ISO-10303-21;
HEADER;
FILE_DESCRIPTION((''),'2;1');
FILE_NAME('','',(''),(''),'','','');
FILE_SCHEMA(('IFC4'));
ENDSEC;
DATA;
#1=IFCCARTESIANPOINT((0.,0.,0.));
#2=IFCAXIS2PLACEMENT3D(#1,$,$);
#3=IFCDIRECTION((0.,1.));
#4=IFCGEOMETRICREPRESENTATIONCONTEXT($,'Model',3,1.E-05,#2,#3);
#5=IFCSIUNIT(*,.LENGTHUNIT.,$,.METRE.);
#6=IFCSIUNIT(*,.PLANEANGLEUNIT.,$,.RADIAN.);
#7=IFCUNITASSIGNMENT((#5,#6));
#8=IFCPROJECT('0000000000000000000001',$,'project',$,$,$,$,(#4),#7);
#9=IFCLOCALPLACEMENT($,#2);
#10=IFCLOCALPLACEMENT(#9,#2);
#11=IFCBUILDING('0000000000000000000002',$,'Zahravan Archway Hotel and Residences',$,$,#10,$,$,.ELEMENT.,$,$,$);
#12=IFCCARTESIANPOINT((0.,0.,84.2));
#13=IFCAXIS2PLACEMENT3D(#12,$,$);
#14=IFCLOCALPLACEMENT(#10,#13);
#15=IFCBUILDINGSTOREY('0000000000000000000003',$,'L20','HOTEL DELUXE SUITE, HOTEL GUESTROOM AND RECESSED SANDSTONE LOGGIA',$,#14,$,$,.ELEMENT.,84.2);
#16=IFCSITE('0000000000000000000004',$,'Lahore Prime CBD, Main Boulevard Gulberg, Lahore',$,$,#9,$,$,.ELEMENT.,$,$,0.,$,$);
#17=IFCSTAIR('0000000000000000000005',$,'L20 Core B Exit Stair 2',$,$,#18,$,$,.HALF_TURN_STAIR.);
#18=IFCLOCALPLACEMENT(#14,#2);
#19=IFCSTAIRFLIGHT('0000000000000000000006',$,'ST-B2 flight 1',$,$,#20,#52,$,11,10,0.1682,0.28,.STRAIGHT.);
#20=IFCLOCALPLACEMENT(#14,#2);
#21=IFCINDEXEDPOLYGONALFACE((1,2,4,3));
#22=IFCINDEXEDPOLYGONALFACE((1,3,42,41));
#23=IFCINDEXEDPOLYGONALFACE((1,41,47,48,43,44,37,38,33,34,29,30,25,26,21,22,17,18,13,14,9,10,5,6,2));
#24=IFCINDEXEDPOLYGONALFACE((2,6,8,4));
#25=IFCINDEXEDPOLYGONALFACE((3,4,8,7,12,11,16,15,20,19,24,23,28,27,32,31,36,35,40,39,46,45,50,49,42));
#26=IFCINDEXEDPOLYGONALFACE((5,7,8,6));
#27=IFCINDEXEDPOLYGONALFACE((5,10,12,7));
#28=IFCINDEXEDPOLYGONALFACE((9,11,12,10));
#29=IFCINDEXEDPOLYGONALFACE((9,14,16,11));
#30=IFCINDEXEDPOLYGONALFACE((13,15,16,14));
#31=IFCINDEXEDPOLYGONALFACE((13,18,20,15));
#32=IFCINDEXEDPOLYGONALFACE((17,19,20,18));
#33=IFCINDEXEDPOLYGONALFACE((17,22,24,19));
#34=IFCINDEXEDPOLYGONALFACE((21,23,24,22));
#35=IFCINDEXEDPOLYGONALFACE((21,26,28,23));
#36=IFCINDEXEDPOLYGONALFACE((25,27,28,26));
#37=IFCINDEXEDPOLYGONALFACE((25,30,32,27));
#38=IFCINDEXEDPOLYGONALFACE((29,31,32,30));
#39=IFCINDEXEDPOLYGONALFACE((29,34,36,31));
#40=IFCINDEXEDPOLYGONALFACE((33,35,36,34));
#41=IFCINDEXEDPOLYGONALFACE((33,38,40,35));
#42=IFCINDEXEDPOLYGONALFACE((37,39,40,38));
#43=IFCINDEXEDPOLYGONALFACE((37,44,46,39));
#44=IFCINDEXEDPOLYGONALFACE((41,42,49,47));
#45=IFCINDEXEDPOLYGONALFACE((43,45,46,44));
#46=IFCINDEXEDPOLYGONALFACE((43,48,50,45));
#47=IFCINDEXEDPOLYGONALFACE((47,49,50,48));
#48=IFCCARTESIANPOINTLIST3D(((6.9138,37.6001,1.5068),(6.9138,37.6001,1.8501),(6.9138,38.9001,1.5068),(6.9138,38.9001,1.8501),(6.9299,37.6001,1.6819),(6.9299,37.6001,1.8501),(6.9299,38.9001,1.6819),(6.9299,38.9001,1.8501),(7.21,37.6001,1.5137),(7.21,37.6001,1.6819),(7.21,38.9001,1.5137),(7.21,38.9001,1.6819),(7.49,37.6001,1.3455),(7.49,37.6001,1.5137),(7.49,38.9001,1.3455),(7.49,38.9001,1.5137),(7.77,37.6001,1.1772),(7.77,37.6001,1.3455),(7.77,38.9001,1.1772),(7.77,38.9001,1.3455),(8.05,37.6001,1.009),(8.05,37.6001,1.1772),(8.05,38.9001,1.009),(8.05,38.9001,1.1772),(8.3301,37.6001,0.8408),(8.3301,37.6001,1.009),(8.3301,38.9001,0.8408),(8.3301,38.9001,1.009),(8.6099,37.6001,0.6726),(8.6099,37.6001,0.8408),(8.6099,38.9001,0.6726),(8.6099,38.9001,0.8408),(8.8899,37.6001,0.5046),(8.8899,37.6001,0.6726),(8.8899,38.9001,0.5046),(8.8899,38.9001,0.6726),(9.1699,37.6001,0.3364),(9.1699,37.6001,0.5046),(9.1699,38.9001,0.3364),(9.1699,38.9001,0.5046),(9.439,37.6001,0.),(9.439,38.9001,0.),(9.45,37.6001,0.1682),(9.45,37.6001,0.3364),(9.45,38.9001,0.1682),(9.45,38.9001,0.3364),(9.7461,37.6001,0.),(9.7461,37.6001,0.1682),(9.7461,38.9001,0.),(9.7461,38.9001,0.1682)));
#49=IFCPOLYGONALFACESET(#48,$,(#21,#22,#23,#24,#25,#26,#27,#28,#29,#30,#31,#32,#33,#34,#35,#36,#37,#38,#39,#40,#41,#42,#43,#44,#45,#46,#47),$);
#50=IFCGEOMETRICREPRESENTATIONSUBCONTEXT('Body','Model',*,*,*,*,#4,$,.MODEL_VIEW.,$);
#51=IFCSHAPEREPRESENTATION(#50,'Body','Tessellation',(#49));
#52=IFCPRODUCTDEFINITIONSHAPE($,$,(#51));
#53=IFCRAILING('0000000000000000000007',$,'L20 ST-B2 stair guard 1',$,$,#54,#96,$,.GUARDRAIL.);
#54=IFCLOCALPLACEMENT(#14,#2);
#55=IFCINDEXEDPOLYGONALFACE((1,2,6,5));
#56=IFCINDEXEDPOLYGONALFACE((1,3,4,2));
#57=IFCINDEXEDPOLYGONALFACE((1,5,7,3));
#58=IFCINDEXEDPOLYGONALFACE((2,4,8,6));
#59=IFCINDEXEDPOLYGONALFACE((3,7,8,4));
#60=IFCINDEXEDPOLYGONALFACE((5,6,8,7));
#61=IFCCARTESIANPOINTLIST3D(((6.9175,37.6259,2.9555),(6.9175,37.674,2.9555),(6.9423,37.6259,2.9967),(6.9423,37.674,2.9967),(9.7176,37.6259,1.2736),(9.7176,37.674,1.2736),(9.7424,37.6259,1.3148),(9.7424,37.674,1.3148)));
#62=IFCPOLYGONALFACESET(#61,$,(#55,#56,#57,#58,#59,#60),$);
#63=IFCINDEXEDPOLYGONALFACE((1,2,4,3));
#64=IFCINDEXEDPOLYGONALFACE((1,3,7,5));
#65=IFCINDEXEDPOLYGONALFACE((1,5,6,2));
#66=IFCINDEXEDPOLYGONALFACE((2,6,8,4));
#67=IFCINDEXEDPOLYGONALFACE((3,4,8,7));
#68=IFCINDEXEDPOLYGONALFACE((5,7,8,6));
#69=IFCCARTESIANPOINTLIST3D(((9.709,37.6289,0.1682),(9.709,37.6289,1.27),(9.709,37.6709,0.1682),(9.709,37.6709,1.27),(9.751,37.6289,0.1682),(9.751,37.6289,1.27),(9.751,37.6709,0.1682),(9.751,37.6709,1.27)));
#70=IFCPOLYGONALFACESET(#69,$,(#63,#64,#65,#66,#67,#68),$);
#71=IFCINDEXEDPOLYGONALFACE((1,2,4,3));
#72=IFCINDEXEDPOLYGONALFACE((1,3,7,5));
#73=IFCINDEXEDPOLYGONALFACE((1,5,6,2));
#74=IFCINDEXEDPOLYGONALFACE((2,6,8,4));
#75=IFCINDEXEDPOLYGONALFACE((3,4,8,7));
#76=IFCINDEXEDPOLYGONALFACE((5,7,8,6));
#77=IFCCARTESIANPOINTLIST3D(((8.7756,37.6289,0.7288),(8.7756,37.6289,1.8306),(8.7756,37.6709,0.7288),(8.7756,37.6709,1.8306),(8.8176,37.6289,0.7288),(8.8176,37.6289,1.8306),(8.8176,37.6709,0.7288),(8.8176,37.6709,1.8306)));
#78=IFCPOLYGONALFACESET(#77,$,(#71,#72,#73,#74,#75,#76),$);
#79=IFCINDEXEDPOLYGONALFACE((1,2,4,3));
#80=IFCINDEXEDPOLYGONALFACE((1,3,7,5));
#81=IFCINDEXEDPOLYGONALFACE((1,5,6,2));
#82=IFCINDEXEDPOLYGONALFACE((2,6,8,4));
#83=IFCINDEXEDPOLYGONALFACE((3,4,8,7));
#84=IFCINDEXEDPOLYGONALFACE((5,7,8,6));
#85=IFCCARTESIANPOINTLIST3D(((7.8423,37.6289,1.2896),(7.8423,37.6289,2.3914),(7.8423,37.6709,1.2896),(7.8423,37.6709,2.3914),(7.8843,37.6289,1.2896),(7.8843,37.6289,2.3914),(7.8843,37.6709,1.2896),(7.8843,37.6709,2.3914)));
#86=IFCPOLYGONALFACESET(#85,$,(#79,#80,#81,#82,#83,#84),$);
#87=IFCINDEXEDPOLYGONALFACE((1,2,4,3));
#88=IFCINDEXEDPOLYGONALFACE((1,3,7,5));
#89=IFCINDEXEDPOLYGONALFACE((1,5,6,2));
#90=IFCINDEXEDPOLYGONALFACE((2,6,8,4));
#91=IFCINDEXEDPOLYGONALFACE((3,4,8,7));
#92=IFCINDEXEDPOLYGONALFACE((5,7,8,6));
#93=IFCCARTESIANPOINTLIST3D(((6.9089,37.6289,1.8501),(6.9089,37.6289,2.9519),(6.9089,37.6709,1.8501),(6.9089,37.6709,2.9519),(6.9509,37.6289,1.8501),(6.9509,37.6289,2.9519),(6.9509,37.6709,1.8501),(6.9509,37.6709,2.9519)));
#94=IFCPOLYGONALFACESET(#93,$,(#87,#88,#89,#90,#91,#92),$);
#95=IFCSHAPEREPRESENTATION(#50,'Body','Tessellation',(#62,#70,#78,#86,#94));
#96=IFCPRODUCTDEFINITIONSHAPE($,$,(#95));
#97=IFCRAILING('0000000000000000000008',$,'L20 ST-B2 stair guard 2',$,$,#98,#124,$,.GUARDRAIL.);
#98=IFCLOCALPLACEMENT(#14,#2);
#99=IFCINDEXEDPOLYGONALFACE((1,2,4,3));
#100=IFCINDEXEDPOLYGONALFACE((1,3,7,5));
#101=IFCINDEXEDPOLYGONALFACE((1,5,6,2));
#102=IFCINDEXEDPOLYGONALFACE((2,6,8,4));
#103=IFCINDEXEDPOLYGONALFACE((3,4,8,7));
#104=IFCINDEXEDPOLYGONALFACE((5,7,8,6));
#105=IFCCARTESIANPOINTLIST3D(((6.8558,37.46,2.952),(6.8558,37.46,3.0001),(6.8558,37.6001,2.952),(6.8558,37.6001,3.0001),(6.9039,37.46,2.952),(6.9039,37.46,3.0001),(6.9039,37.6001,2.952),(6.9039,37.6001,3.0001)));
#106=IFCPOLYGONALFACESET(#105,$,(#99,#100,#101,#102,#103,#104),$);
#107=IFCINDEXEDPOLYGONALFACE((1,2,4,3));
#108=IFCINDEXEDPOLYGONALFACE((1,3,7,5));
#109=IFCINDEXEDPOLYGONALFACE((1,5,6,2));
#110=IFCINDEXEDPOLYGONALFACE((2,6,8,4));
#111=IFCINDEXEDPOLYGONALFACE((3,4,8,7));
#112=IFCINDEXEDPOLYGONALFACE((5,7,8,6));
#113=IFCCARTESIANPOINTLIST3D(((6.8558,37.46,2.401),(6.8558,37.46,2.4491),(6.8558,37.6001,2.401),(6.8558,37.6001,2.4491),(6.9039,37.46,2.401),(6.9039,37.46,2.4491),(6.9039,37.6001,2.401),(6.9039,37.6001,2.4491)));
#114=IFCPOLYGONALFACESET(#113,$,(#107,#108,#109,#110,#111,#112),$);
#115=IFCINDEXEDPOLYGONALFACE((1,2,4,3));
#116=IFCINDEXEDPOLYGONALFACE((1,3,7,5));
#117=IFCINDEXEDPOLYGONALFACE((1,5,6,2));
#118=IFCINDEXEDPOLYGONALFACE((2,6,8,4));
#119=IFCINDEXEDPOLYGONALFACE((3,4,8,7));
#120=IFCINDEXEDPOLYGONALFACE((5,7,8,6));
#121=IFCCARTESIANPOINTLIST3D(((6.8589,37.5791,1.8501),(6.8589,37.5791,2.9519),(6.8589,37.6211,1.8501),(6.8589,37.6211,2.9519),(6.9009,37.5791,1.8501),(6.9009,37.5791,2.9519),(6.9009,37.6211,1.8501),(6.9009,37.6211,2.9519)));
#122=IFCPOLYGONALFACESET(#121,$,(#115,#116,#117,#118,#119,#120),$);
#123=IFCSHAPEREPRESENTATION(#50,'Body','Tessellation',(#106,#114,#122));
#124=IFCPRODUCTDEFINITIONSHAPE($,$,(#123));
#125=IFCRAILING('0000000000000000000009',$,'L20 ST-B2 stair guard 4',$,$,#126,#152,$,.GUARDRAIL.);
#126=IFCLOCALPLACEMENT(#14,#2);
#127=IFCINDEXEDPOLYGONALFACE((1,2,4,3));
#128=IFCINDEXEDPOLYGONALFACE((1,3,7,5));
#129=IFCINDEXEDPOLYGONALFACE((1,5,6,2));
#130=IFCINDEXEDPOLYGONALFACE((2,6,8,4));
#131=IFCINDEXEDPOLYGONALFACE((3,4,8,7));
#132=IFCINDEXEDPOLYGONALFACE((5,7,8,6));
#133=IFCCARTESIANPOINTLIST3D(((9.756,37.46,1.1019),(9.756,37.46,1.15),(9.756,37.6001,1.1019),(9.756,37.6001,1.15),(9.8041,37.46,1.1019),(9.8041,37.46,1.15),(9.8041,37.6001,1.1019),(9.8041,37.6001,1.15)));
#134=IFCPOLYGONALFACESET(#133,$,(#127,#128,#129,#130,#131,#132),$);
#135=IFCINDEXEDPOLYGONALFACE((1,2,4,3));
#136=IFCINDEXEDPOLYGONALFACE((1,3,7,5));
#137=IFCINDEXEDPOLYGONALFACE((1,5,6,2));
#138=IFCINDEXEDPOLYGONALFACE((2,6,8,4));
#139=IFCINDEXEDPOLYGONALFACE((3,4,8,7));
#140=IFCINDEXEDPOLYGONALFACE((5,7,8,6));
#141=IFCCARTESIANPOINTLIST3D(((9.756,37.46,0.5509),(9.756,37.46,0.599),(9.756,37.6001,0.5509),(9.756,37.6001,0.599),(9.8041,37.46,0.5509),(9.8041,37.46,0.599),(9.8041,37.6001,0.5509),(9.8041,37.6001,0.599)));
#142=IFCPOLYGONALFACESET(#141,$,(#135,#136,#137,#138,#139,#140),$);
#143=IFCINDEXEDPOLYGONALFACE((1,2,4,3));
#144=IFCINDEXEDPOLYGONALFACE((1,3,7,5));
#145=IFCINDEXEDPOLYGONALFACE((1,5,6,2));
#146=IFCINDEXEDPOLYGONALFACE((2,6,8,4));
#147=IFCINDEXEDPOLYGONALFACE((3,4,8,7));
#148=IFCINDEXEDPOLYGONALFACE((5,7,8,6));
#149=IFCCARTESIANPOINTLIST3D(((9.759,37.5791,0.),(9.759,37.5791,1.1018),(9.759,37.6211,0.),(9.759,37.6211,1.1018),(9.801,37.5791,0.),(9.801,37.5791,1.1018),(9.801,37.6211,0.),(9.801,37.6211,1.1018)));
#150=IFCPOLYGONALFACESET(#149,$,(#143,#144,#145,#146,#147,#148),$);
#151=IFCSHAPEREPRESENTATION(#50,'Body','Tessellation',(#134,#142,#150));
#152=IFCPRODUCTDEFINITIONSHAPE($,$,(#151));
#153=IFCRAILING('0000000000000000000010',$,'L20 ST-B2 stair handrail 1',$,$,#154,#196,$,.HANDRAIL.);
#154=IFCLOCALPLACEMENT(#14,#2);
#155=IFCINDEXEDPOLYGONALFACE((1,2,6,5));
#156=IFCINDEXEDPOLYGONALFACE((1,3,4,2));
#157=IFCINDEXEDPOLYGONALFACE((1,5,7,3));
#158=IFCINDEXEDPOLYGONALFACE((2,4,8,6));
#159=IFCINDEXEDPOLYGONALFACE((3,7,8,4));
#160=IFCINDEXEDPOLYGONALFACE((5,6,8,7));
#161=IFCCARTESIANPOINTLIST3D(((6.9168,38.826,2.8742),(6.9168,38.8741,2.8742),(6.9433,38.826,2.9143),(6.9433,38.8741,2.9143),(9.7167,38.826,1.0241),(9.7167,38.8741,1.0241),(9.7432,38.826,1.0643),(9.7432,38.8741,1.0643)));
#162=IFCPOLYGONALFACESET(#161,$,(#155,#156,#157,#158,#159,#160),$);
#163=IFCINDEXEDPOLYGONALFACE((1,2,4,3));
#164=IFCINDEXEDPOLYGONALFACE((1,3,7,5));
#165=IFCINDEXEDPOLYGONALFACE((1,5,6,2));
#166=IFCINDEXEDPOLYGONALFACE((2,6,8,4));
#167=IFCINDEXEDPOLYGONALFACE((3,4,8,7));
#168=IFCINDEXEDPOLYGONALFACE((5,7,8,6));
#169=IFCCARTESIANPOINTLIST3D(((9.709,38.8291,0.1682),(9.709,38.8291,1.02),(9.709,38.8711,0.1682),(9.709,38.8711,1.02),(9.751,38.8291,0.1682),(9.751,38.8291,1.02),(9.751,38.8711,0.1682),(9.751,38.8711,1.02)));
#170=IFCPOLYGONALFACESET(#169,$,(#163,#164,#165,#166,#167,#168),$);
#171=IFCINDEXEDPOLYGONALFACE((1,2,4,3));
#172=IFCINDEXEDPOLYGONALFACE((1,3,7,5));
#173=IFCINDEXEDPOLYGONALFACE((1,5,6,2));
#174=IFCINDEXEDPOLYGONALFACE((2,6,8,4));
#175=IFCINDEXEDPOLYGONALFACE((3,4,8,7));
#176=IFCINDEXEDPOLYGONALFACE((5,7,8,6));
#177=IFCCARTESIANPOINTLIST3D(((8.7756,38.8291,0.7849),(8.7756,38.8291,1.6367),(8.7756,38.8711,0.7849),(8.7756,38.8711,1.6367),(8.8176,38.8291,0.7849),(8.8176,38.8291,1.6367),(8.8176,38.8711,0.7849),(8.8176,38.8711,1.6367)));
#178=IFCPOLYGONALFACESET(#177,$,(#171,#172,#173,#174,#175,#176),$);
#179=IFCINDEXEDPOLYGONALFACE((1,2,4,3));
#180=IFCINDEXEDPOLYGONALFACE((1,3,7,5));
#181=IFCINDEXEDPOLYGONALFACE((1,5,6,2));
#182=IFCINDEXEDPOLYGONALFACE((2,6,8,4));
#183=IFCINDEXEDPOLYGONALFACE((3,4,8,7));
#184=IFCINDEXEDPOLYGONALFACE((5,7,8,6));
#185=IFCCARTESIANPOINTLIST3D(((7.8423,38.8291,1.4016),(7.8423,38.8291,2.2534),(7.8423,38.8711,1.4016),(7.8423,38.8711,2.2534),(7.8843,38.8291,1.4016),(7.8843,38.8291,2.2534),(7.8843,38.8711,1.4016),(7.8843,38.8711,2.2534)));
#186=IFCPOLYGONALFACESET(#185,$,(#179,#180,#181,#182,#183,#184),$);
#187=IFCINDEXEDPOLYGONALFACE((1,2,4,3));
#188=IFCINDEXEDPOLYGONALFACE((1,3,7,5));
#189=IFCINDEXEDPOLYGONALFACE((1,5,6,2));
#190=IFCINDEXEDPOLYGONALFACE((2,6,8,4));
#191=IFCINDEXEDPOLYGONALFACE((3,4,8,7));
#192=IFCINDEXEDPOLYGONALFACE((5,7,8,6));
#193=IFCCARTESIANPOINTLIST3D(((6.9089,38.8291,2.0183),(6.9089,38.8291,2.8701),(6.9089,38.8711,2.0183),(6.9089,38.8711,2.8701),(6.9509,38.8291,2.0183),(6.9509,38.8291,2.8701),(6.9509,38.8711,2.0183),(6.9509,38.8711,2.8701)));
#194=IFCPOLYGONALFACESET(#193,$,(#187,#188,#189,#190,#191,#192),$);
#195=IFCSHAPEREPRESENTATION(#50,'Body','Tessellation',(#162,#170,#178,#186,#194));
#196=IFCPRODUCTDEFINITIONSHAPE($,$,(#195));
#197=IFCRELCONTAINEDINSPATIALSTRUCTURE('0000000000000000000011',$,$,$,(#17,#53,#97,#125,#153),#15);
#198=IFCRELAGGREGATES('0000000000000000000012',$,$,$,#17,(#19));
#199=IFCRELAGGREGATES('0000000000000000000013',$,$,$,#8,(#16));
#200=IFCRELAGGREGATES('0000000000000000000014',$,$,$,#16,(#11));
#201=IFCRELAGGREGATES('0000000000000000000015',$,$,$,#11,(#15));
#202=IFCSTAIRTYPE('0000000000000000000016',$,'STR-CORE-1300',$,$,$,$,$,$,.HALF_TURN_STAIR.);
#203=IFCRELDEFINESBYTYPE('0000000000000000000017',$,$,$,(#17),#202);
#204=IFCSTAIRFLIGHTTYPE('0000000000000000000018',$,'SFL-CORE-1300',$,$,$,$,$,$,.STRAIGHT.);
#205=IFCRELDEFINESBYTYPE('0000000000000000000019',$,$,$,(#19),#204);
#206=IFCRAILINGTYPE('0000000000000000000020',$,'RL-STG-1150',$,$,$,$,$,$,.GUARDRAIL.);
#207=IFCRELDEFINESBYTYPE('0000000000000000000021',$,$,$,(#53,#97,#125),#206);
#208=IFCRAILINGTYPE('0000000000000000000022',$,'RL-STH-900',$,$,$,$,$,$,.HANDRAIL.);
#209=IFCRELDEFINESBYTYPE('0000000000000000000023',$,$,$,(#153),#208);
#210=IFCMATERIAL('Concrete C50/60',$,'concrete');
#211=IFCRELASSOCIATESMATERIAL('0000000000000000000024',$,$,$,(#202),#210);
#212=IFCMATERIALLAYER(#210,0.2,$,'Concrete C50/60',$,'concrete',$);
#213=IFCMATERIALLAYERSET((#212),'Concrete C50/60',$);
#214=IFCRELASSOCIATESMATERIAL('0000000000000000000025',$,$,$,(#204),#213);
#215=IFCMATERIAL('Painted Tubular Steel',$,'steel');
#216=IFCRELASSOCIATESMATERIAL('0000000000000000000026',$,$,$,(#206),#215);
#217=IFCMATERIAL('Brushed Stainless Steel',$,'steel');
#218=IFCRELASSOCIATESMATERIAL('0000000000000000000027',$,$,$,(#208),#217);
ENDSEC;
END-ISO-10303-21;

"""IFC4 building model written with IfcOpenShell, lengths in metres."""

from ifc_helpers import new_model, si_unit, direction, frame, origin, origin_2d, place, context, subcontext, project, spatial, polyline, rectangle, outline, extrude, source, transform, mapped, material, layer, layer_set, type_object, element, aggregate, save


model = new_model("IFC4")

# Units and contexts
model_context = context("Model", 3, precision=1e-05, world=origin(), true_north=direction((0.0, 1.0)))
body_context = subcontext(model_context, "Body", "Model", "MODEL_VIEW")
ifc_project = project(units=[si_unit("LENGTHUNIT", "METRE"), si_unit("PLANEANGLEUNIT", "RADIAN")], contexts=[model_context])

# Site, building, storey
site_placement = place(None, origin())
site = spatial("IfcSite", under=ifc_project, at=site_placement, Name="Lahore Prime CBD, Main Boulevard Gulberg, Lahore", CompositionType="ELEMENT", RefElevation=0.0)
building_placement = place(site_placement, origin())
building = spatial("IfcBuilding", under=site, at=building_placement, Name="Zahravan Archway Hotel and Residences", CompositionType="ELEMENT")
storey_placement = place(building_placement, frame((0.0, 0.0, 84.2)))
storey = spatial("IfcBuildingStorey", under=building, at=storey_placement, Name="L20", Description="HOTEL DELUXE SUITE, HOTEL GUESTROOM AND RECESSED SANDSTONE LOGGIA", CompositionType="ELEMENT", Elevation=84.2)

# Shared definitions
ifc_material_1 = material(Name="Concrete C50/60", Category="concrete")

# Stair, stair flight
stair_type = type_object("IfcStairType", Name="STR-CORE-1300", PredefinedType="HALF_TURN_STAIR", material=ifc_material_1)
stair_placement = place(storey_placement, origin())
stair = element("IfcStair", 1, at=stair_placement, inside=storey, type_object=stair_type, Name="L20 Core B Exit Stair 2", PredefinedType="HALF_TURN_STAIR")
ifc_layer_1 = layer(ifc_material_1, 0.2, Name="Concrete C50/60", Category="concrete")
ifc_layer_set_1 = layer_set([ifc_layer_1], Name="Concrete C50/60")
stair_flight_type = type_object("IfcStairFlightType", Name="SFL-CORE-1300", PredefinedType="STRAIGHT", material=ifc_layer_set_1)
shared_shape_1 = source(origin(), body_context, "Body", "SweptSolid", [
    extrude(outline(polyline([(-0.0161, 0.0), (-0.0161, 0.1682), (0.28, 0.1682), (0.28, 0.3364), (0.5601, 0.3364), (0.5601, 0.5046), (0.8401, 0.5046), (0.8401, 0.6726), (1.1201, 0.6726), (1.1201, 0.8408), (1.3999, 0.8408), (1.3999, 1.009), (1.6799, 1.009), (1.6799, 1.1772), (1.96, 1.1772), (1.96, 1.3455), (2.24, 1.3455), (2.24, 1.5137), (2.52, 1.5137), (2.52, 1.6819), (2.8, 1.6819), (2.8, 1.8501), (2.8162, 1.8501), (2.8162, 1.5068), (0.291, 0.0), (-0.0161, 0.0)])), frame((0.0, 0.6499, 0.0), z_axis=(0.0, -1.0, 0.0), x_axis=(1.0, 0.0, 0.0)), (0.0, 0.0, 1.0), 1.3),
])
stair_flight_placement = place(storey_placement, frame((9.73, 38.25, 0.0), z_axis=(0.0, 0.0, 1.0), x_axis=(-1.0, 0.0, 0.0)))
stair_flight = element("IfcStairFlight", 2, at=stair_flight_placement, type_object=stair_flight_type, Name="ST-B2 flight 1", NumberOfRisers=11, NumberOfTreads=10, PredefinedType="STRAIGHT", RiserHeight=0.1682, TreadLength=0.28, context=body_context, shape_type="MappedRepresentation", body=[
    mapped(shared_shape_1, transform((0.0, 0.0, 0.0), scale=1.0)),
])
aggregate(stair, [stair_flight])

# Railings
ifc_material_2 = material(Name="Painted Tubular Steel", Category="steel")
railing_type_1 = type_object("IfcRailingType", Name="RL-STG-1150", PredefinedType="GUARDRAIL", material=ifc_material_2)
railing_1_placement = place(storey_placement, frame((9.73, 37.6499, 0.1682)))
element("IfcRailing", 3, at=railing_1_placement, inside=storey, type_object=railing_type_1, Name="L20 ST-B2 stair guard 1", PredefinedType="GUARDRAIL", context=body_context, shape_type="SweptSolid", body=[
    extrude(rectangle(XDim=0.0481, YDim=0.0481, at=origin_2d()), frame((0.0, 0.0, 1.126), z_axis=(-0.857242, 0.0, 0.514913), x_axis=(0.0, -1.0, 0.0)), (0.0, 0.0, 1.0), 3.2664),
    extrude(rectangle(XDim=0.042, YDim=0.042, at=origin_2d()), origin(), (0.0, 0.0, 1.0), 1.1018),
    extrude(rectangle(XDim=0.042, YDim=0.042, at=origin_2d()), frame((-0.9333, 0.0, 0.5605)), (0.0, 0.0, 1.0), 1.1018),
    extrude(rectangle(XDim=0.042, YDim=0.042, at=origin_2d()), frame((-1.8667, 0.0, 1.1213)), (0.0, 0.0, 1.0), 1.1018),
    extrude(rectangle(XDim=0.042, YDim=0.042, at=origin_2d()), frame((-2.8, 0.0, 1.6819)), (0.0, 0.0, 1.0), 1.1018),
])
for number, where, name in (
    (4, (6.8799, 37.6001, 1.8501), "L20 ST-B2 stair guard 2"),
    (5, (9.78, 37.6001, 0.0), "L20 ST-B2 stair guard 4"),
):
    element("IfcRailing", number, at=place(storey_placement, frame(where)), inside=storey, type_object=railing_type_1, Name=name, PredefinedType="GUARDRAIL", context=body_context, shape_type="SweptSolid", body=[
        extrude(rectangle(XDim=0.0481, YDim=0.0481, at=origin_2d()), frame((0.0, 0.0, 1.126), z_axis=(0.0, -1.0, 0.0), x_axis=(1.0, 0.0, 0.0)), (0.0, 0.0, 1.0), 0.1401),
        extrude(rectangle(XDim=0.0481, YDim=0.0481, at=origin_2d()), frame((0.0, 0.0, 0.575), z_axis=(0.0, -1.0, 0.0), x_axis=(1.0, 0.0, 0.0)), (0.0, 0.0, 1.0), 0.1401),
        extrude(rectangle(XDim=0.042, YDim=0.042, at=origin_2d()), origin(), (0.0, 0.0, 1.0), 1.1018),
    ])
ifc_material_3 = material(Name="Brushed Stainless Steel", Category="steel")
railing_type_2 = type_object("IfcRailingType", Name="RL-STH-900", PredefinedType="HANDRAIL", material=ifc_material_3)
railing_2_placement = place(storey_placement, frame((9.73, 38.8501, 0.1682)))
element("IfcRailing", 6, at=railing_2_placement, inside=storey, type_object=railing_type_2, Name="L20 ST-B2 stair handrail 1", PredefinedType="HANDRAIL", context=body_context, shape_type="SweptSolid", body=[
    extrude(rectangle(XDim=0.0481, YDim=0.0481, at=origin_2d()), frame((0.0, 0.0, 0.876), z_axis=(-0.834326, 0.0, 0.551271), x_axis=(0.0, -1.0, 0.0)), (0.0, 0.0, 1.0), 3.356),
    extrude(rectangle(XDim=0.042, YDim=0.042, at=origin_2d()), origin(), (0.0, 0.0, 1.0), 0.8518),
    extrude(rectangle(XDim=0.042, YDim=0.042, at=origin_2d()), frame((-0.9333, 0.0, 0.6167)), (0.0, 0.0, 1.0), 0.8518),
    extrude(rectangle(XDim=0.042, YDim=0.042, at=origin_2d()), frame((-1.8667, 0.0, 1.2334)), (0.0, 0.0, 1.0), 0.8518),
    extrude(rectangle(XDim=0.042, YDim=0.042, at=origin_2d()), frame((-2.8, 0.0, 1.8501)), (0.0, 0.0, 1.0), 0.8518),
])

save(model, "model.ifc")
